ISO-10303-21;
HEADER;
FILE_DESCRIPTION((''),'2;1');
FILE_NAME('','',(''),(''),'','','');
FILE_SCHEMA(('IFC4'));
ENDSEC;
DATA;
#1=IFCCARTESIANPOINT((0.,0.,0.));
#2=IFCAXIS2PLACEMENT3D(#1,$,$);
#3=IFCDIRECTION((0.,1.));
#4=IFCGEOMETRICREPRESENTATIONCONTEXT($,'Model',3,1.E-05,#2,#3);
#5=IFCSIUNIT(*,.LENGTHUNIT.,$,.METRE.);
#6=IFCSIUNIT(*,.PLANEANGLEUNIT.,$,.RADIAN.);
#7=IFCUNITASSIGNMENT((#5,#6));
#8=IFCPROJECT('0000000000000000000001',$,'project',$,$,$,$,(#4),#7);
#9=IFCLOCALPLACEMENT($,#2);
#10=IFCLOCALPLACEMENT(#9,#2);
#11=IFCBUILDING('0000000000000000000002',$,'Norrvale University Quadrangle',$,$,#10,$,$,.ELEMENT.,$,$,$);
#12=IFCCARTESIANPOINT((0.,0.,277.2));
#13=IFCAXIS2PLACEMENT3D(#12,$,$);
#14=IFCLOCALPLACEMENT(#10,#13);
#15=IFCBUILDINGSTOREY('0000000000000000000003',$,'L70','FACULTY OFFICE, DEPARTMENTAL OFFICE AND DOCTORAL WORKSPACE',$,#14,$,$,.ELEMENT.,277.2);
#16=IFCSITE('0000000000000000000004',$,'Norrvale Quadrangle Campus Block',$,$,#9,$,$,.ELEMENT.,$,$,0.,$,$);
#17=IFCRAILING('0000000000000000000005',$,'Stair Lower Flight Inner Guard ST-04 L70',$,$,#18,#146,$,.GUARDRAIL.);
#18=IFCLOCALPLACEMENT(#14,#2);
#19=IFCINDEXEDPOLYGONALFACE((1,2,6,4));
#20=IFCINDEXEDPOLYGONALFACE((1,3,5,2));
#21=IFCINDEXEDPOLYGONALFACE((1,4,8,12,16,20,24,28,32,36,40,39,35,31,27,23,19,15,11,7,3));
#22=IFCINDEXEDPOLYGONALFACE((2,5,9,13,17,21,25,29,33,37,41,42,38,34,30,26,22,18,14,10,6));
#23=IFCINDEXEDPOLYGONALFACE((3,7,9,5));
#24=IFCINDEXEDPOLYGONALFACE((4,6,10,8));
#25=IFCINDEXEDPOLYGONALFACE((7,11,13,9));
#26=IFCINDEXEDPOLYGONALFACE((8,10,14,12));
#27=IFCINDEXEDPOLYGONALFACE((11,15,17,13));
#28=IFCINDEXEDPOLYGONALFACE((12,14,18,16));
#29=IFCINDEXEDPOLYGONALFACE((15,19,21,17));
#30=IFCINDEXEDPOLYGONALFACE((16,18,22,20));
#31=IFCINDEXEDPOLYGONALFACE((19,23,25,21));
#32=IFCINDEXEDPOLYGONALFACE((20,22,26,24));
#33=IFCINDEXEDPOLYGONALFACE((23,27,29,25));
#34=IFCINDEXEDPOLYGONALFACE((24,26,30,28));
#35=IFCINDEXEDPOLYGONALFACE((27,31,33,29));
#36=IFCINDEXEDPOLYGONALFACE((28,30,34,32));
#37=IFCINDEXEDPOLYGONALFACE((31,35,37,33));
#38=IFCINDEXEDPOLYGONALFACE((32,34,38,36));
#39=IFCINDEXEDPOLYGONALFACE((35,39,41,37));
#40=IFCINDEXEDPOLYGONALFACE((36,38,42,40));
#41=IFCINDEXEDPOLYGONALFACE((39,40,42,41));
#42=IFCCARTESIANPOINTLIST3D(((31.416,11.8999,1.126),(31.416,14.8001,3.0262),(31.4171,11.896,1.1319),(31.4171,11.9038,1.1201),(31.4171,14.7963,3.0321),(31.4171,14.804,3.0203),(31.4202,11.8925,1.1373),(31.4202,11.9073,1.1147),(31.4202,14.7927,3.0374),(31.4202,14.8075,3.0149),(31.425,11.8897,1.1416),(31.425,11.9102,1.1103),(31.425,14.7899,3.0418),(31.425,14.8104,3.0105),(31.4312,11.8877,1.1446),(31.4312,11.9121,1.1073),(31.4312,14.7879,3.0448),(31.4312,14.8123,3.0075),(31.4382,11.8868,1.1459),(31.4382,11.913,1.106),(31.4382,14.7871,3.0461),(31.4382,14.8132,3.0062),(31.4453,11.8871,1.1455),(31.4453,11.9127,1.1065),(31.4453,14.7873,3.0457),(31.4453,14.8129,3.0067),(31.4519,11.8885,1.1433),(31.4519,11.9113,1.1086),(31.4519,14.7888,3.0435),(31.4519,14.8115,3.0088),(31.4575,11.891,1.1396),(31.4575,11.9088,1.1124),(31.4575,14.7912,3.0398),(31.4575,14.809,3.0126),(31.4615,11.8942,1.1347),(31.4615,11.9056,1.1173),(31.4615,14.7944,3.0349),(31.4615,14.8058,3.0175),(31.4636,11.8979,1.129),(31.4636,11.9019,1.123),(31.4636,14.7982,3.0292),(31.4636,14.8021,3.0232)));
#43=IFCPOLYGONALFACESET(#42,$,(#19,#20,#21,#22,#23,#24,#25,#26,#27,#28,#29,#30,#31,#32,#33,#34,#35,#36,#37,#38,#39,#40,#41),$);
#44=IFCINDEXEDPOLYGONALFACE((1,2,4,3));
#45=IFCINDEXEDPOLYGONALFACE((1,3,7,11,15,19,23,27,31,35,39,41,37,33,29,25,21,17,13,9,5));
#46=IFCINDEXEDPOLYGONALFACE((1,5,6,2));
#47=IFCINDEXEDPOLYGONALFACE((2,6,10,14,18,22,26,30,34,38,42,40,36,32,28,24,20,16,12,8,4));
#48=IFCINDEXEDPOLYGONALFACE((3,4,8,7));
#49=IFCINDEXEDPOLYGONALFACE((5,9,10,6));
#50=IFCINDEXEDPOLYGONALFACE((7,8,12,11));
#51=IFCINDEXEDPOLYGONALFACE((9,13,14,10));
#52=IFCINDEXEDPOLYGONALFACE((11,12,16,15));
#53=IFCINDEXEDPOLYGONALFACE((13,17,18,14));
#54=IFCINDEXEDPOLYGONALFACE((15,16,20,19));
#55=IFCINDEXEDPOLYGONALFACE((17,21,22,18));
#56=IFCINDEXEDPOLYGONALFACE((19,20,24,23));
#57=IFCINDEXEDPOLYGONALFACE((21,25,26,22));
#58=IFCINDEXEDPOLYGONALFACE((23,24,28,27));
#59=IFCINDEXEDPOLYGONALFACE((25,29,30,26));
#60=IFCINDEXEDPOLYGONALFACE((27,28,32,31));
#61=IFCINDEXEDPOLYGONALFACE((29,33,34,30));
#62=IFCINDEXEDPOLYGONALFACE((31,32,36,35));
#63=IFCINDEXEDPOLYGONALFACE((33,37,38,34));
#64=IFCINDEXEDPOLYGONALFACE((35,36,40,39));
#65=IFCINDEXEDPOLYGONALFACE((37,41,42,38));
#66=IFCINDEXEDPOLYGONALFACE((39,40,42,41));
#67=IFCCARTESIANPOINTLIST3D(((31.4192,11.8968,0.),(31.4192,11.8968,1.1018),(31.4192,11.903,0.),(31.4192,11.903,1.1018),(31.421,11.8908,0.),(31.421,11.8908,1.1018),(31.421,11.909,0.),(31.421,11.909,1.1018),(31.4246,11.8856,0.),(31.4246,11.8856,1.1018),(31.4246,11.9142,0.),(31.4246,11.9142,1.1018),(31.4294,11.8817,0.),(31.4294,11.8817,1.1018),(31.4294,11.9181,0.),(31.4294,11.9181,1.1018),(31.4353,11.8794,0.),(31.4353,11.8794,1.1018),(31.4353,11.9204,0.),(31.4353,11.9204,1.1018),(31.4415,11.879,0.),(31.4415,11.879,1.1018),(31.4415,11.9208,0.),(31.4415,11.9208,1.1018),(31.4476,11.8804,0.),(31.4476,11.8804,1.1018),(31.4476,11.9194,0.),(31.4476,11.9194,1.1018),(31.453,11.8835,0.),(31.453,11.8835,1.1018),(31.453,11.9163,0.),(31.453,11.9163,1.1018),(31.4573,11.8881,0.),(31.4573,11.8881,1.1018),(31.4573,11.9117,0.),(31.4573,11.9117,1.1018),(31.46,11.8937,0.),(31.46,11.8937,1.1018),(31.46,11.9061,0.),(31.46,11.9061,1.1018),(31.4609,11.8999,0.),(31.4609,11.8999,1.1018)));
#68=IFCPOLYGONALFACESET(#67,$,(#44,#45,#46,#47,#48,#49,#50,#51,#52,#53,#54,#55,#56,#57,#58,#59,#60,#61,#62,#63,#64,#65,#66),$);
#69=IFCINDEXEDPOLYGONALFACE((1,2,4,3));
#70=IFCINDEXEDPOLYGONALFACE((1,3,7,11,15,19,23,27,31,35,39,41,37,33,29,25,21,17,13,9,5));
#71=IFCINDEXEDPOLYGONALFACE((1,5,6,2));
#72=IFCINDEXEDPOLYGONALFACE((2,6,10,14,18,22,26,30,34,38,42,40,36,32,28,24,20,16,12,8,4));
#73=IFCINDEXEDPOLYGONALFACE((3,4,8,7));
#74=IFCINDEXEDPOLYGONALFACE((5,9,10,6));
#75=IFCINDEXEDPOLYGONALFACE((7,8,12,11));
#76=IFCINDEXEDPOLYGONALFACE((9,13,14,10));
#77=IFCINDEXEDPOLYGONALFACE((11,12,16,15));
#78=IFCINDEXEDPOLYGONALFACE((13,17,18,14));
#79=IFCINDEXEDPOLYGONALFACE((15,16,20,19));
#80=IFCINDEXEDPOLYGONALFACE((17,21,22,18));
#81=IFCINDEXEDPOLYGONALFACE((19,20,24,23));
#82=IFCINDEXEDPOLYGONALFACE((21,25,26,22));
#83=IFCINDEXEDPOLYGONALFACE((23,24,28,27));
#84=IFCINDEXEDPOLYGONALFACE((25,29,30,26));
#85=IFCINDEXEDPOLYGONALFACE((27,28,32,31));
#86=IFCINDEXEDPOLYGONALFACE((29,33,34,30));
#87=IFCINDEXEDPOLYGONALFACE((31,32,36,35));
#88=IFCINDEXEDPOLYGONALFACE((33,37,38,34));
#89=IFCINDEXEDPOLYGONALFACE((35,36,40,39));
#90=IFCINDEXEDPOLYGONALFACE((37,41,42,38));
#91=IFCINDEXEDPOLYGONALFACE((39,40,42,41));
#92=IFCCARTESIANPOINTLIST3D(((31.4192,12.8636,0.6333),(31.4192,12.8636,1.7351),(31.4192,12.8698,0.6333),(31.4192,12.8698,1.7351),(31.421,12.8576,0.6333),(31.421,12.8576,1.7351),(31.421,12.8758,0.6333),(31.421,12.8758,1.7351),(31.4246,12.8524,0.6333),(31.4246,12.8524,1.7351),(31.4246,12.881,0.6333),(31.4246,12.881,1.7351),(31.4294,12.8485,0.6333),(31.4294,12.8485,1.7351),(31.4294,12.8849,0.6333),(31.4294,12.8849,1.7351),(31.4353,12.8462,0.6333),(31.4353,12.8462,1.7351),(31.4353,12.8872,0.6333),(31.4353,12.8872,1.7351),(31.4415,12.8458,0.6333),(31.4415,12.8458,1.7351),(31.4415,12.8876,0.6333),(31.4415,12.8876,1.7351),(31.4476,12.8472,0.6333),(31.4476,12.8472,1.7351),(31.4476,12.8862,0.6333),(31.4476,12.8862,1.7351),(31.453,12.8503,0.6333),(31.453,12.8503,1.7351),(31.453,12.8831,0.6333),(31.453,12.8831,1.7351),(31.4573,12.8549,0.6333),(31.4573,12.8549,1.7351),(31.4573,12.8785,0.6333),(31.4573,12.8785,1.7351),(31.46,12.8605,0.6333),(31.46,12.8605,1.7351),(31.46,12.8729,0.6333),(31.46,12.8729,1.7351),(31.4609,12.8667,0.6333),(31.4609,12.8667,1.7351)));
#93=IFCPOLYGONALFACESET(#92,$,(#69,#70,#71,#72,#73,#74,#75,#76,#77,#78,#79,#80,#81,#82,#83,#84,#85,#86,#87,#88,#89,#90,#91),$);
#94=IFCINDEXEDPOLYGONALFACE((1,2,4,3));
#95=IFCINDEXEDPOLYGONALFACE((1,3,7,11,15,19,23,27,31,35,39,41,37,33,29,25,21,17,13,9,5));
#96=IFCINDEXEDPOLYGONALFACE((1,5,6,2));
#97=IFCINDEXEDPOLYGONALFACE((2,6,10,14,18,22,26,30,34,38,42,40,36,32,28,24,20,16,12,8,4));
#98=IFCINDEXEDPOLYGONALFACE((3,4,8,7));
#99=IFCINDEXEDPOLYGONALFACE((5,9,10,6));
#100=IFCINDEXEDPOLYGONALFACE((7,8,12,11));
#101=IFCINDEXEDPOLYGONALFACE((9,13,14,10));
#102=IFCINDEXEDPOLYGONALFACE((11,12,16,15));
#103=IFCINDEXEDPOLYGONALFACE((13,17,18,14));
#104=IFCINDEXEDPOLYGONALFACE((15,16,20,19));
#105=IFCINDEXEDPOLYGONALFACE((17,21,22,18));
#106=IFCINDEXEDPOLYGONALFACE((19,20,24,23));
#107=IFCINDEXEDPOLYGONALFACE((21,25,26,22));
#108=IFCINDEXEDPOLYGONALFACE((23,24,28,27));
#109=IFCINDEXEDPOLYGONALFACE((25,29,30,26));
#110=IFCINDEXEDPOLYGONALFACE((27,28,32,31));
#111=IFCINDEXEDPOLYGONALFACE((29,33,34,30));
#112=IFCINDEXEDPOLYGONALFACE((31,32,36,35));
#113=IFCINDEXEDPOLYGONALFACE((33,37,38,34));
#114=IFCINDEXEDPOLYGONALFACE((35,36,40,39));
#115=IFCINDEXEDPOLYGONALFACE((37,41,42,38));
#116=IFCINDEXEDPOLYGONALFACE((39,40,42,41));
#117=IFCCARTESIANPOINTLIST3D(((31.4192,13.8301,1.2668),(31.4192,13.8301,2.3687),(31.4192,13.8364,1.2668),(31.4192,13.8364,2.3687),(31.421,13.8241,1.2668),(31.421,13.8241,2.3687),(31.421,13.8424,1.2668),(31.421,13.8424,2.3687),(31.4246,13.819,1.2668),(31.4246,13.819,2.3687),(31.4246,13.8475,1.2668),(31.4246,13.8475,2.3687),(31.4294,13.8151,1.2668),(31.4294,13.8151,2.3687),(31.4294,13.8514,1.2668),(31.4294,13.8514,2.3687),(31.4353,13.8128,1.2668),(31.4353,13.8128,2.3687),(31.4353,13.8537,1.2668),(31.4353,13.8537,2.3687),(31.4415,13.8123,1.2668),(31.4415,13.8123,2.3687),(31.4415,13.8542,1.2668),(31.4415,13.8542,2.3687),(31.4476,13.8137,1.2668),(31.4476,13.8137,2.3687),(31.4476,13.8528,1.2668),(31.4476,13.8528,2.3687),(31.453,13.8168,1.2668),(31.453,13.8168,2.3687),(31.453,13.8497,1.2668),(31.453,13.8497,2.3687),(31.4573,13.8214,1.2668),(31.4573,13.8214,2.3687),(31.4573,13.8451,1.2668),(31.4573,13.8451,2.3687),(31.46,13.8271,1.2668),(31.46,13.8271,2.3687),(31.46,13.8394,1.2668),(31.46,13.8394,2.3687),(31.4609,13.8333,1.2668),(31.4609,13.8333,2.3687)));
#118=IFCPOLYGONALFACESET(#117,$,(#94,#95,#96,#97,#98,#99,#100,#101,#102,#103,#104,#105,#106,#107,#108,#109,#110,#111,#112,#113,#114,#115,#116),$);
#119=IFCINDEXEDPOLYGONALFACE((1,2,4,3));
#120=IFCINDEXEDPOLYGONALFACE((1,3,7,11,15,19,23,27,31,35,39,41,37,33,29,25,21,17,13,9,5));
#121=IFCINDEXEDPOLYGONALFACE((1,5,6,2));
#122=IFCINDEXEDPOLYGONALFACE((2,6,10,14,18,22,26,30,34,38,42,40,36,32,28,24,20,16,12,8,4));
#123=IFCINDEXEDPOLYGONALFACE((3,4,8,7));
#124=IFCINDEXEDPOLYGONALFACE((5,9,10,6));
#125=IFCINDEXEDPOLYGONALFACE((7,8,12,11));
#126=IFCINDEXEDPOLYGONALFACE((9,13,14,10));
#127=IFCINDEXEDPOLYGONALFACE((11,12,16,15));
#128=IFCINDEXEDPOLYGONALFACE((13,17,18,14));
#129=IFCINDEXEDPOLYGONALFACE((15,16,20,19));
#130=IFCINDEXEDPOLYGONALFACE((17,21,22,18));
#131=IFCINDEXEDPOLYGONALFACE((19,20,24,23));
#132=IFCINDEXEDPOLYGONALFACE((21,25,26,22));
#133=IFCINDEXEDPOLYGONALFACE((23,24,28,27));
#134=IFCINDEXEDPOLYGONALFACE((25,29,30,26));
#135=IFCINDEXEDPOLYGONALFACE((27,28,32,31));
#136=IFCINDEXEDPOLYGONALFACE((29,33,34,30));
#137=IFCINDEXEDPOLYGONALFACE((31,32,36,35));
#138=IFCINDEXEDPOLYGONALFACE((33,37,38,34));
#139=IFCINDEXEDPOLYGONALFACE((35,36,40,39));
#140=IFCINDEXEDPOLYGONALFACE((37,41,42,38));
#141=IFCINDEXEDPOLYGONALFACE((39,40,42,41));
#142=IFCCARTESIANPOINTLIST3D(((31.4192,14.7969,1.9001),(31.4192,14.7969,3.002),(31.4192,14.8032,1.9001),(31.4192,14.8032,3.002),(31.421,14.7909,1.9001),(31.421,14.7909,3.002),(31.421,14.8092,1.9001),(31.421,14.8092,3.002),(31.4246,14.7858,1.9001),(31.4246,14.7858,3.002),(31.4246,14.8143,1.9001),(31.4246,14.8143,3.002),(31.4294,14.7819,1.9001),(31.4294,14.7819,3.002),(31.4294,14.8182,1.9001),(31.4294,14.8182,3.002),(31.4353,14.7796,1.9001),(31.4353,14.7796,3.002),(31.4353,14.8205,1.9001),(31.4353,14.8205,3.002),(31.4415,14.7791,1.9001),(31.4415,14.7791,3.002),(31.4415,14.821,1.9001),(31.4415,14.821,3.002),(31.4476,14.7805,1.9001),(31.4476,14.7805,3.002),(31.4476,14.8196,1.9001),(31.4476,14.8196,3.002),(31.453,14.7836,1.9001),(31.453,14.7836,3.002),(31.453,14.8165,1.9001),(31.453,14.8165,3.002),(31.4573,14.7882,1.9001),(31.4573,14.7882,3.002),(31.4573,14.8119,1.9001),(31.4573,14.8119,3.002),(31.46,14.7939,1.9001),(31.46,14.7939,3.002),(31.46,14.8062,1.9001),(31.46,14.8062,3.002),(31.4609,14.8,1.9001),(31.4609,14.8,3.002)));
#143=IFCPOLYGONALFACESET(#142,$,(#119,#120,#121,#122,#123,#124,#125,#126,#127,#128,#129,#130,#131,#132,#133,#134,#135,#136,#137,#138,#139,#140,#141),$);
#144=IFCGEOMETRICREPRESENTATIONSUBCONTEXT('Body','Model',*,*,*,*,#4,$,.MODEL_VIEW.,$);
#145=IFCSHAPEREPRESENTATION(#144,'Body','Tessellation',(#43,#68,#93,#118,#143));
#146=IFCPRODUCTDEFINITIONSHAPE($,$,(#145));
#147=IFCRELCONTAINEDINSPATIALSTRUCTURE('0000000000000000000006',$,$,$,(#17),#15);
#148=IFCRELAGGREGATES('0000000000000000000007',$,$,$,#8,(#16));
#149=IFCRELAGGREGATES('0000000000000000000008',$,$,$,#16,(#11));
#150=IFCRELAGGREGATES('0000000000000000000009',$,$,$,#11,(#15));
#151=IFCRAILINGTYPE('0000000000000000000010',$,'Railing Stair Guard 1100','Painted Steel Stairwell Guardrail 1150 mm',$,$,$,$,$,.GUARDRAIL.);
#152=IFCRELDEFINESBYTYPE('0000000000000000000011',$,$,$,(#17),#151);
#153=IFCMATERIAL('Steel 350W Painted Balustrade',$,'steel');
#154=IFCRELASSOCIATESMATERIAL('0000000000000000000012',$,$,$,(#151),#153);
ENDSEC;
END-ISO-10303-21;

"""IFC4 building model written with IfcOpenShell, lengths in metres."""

from ifc_helpers import new_model, si_unit, direction, frame, origin, origin_2d, place, context, subcontext, project, spatial, circle, extrude, material, type_object, element, save


model = new_model("IFC4")

# Units and contexts
model_context = context("Model", 3, precision=1e-05, world=origin(), true_north=direction((0.0, 1.0)))
body_context = subcontext(model_context, "Body", "Model", "MODEL_VIEW")
ifc_project = project(units=[si_unit("LENGTHUNIT", "METRE"), si_unit("PLANEANGLEUNIT", "RADIAN")], contexts=[model_context])

# Site, building, storey
site_placement = place(None, origin())
site = spatial("IfcSite", under=ifc_project, at=site_placement, Name="Norrvale Quadrangle Campus Block", CompositionType="ELEMENT", RefElevation=0.0)
building_placement = place(site_placement, origin())
building = spatial("IfcBuilding", under=site, at=building_placement, Name="Norrvale University Quadrangle", CompositionType="ELEMENT")
storey_placement = place(building_placement, frame((0.0, 0.0, 277.2)))
storey = spatial("IfcBuildingStorey", under=building, at=storey_placement, Name="L70", Description="FACULTY OFFICE, DEPARTMENTAL OFFICE AND DOCTORAL WORKSPACE", CompositionType="ELEMENT", Elevation=277.2)

# Railing
ifc_material_1 = material(Name="Steel 350W Painted Balustrade", Category="steel")
railing_type_1 = type_object("IfcRailingType", Name="Railing Stair Guard 1100", Description="Painted Steel Stairwell Guardrail 1150 mm", PredefinedType="GUARDRAIL", material=ifc_material_1)
railing_1_placement = place(storey_placement, frame((31.4399, 11.8999, 0.0)))
element("IfcRailing", 1, at=railing_1_placement, inside=storey, type_object=railing_type_1, Name="Stair Lower Flight Inner Guard ST-04 L70", PredefinedType="GUARDRAIL", context=body_context, shape_type="SweptSolid", body=[
    extrude(circle(Radius=0.0239, at=origin_2d()), frame((0.0, 0.0, 1.126), z_axis=(0.0, 0.836454, 0.548036), x_axis=(-1.0, 0.0, 0.0)), (0.0, 0.0, 1.0), 3.4673),
    extrude(circle(Radius=0.021, at=origin_2d()), origin(), (0.0, 0.0, 1.0), 1.1018),
    extrude(circle(Radius=0.021, at=origin_2d()), frame((0.0, 0.9668, 0.6333)), (0.0, 0.0, 1.0), 1.1018),
    extrude(circle(Radius=0.021, at=origin_2d()), frame((0.0, 1.9333, 1.2668)), (0.0, 0.0, 1.0), 1.1018),
    extrude(circle(Radius=0.021, at=origin_2d()), frame((0.0, 2.9001, 1.9001)), (0.0, 0.0, 1.0), 1.1018),
])

save(model, "model.ifc")
